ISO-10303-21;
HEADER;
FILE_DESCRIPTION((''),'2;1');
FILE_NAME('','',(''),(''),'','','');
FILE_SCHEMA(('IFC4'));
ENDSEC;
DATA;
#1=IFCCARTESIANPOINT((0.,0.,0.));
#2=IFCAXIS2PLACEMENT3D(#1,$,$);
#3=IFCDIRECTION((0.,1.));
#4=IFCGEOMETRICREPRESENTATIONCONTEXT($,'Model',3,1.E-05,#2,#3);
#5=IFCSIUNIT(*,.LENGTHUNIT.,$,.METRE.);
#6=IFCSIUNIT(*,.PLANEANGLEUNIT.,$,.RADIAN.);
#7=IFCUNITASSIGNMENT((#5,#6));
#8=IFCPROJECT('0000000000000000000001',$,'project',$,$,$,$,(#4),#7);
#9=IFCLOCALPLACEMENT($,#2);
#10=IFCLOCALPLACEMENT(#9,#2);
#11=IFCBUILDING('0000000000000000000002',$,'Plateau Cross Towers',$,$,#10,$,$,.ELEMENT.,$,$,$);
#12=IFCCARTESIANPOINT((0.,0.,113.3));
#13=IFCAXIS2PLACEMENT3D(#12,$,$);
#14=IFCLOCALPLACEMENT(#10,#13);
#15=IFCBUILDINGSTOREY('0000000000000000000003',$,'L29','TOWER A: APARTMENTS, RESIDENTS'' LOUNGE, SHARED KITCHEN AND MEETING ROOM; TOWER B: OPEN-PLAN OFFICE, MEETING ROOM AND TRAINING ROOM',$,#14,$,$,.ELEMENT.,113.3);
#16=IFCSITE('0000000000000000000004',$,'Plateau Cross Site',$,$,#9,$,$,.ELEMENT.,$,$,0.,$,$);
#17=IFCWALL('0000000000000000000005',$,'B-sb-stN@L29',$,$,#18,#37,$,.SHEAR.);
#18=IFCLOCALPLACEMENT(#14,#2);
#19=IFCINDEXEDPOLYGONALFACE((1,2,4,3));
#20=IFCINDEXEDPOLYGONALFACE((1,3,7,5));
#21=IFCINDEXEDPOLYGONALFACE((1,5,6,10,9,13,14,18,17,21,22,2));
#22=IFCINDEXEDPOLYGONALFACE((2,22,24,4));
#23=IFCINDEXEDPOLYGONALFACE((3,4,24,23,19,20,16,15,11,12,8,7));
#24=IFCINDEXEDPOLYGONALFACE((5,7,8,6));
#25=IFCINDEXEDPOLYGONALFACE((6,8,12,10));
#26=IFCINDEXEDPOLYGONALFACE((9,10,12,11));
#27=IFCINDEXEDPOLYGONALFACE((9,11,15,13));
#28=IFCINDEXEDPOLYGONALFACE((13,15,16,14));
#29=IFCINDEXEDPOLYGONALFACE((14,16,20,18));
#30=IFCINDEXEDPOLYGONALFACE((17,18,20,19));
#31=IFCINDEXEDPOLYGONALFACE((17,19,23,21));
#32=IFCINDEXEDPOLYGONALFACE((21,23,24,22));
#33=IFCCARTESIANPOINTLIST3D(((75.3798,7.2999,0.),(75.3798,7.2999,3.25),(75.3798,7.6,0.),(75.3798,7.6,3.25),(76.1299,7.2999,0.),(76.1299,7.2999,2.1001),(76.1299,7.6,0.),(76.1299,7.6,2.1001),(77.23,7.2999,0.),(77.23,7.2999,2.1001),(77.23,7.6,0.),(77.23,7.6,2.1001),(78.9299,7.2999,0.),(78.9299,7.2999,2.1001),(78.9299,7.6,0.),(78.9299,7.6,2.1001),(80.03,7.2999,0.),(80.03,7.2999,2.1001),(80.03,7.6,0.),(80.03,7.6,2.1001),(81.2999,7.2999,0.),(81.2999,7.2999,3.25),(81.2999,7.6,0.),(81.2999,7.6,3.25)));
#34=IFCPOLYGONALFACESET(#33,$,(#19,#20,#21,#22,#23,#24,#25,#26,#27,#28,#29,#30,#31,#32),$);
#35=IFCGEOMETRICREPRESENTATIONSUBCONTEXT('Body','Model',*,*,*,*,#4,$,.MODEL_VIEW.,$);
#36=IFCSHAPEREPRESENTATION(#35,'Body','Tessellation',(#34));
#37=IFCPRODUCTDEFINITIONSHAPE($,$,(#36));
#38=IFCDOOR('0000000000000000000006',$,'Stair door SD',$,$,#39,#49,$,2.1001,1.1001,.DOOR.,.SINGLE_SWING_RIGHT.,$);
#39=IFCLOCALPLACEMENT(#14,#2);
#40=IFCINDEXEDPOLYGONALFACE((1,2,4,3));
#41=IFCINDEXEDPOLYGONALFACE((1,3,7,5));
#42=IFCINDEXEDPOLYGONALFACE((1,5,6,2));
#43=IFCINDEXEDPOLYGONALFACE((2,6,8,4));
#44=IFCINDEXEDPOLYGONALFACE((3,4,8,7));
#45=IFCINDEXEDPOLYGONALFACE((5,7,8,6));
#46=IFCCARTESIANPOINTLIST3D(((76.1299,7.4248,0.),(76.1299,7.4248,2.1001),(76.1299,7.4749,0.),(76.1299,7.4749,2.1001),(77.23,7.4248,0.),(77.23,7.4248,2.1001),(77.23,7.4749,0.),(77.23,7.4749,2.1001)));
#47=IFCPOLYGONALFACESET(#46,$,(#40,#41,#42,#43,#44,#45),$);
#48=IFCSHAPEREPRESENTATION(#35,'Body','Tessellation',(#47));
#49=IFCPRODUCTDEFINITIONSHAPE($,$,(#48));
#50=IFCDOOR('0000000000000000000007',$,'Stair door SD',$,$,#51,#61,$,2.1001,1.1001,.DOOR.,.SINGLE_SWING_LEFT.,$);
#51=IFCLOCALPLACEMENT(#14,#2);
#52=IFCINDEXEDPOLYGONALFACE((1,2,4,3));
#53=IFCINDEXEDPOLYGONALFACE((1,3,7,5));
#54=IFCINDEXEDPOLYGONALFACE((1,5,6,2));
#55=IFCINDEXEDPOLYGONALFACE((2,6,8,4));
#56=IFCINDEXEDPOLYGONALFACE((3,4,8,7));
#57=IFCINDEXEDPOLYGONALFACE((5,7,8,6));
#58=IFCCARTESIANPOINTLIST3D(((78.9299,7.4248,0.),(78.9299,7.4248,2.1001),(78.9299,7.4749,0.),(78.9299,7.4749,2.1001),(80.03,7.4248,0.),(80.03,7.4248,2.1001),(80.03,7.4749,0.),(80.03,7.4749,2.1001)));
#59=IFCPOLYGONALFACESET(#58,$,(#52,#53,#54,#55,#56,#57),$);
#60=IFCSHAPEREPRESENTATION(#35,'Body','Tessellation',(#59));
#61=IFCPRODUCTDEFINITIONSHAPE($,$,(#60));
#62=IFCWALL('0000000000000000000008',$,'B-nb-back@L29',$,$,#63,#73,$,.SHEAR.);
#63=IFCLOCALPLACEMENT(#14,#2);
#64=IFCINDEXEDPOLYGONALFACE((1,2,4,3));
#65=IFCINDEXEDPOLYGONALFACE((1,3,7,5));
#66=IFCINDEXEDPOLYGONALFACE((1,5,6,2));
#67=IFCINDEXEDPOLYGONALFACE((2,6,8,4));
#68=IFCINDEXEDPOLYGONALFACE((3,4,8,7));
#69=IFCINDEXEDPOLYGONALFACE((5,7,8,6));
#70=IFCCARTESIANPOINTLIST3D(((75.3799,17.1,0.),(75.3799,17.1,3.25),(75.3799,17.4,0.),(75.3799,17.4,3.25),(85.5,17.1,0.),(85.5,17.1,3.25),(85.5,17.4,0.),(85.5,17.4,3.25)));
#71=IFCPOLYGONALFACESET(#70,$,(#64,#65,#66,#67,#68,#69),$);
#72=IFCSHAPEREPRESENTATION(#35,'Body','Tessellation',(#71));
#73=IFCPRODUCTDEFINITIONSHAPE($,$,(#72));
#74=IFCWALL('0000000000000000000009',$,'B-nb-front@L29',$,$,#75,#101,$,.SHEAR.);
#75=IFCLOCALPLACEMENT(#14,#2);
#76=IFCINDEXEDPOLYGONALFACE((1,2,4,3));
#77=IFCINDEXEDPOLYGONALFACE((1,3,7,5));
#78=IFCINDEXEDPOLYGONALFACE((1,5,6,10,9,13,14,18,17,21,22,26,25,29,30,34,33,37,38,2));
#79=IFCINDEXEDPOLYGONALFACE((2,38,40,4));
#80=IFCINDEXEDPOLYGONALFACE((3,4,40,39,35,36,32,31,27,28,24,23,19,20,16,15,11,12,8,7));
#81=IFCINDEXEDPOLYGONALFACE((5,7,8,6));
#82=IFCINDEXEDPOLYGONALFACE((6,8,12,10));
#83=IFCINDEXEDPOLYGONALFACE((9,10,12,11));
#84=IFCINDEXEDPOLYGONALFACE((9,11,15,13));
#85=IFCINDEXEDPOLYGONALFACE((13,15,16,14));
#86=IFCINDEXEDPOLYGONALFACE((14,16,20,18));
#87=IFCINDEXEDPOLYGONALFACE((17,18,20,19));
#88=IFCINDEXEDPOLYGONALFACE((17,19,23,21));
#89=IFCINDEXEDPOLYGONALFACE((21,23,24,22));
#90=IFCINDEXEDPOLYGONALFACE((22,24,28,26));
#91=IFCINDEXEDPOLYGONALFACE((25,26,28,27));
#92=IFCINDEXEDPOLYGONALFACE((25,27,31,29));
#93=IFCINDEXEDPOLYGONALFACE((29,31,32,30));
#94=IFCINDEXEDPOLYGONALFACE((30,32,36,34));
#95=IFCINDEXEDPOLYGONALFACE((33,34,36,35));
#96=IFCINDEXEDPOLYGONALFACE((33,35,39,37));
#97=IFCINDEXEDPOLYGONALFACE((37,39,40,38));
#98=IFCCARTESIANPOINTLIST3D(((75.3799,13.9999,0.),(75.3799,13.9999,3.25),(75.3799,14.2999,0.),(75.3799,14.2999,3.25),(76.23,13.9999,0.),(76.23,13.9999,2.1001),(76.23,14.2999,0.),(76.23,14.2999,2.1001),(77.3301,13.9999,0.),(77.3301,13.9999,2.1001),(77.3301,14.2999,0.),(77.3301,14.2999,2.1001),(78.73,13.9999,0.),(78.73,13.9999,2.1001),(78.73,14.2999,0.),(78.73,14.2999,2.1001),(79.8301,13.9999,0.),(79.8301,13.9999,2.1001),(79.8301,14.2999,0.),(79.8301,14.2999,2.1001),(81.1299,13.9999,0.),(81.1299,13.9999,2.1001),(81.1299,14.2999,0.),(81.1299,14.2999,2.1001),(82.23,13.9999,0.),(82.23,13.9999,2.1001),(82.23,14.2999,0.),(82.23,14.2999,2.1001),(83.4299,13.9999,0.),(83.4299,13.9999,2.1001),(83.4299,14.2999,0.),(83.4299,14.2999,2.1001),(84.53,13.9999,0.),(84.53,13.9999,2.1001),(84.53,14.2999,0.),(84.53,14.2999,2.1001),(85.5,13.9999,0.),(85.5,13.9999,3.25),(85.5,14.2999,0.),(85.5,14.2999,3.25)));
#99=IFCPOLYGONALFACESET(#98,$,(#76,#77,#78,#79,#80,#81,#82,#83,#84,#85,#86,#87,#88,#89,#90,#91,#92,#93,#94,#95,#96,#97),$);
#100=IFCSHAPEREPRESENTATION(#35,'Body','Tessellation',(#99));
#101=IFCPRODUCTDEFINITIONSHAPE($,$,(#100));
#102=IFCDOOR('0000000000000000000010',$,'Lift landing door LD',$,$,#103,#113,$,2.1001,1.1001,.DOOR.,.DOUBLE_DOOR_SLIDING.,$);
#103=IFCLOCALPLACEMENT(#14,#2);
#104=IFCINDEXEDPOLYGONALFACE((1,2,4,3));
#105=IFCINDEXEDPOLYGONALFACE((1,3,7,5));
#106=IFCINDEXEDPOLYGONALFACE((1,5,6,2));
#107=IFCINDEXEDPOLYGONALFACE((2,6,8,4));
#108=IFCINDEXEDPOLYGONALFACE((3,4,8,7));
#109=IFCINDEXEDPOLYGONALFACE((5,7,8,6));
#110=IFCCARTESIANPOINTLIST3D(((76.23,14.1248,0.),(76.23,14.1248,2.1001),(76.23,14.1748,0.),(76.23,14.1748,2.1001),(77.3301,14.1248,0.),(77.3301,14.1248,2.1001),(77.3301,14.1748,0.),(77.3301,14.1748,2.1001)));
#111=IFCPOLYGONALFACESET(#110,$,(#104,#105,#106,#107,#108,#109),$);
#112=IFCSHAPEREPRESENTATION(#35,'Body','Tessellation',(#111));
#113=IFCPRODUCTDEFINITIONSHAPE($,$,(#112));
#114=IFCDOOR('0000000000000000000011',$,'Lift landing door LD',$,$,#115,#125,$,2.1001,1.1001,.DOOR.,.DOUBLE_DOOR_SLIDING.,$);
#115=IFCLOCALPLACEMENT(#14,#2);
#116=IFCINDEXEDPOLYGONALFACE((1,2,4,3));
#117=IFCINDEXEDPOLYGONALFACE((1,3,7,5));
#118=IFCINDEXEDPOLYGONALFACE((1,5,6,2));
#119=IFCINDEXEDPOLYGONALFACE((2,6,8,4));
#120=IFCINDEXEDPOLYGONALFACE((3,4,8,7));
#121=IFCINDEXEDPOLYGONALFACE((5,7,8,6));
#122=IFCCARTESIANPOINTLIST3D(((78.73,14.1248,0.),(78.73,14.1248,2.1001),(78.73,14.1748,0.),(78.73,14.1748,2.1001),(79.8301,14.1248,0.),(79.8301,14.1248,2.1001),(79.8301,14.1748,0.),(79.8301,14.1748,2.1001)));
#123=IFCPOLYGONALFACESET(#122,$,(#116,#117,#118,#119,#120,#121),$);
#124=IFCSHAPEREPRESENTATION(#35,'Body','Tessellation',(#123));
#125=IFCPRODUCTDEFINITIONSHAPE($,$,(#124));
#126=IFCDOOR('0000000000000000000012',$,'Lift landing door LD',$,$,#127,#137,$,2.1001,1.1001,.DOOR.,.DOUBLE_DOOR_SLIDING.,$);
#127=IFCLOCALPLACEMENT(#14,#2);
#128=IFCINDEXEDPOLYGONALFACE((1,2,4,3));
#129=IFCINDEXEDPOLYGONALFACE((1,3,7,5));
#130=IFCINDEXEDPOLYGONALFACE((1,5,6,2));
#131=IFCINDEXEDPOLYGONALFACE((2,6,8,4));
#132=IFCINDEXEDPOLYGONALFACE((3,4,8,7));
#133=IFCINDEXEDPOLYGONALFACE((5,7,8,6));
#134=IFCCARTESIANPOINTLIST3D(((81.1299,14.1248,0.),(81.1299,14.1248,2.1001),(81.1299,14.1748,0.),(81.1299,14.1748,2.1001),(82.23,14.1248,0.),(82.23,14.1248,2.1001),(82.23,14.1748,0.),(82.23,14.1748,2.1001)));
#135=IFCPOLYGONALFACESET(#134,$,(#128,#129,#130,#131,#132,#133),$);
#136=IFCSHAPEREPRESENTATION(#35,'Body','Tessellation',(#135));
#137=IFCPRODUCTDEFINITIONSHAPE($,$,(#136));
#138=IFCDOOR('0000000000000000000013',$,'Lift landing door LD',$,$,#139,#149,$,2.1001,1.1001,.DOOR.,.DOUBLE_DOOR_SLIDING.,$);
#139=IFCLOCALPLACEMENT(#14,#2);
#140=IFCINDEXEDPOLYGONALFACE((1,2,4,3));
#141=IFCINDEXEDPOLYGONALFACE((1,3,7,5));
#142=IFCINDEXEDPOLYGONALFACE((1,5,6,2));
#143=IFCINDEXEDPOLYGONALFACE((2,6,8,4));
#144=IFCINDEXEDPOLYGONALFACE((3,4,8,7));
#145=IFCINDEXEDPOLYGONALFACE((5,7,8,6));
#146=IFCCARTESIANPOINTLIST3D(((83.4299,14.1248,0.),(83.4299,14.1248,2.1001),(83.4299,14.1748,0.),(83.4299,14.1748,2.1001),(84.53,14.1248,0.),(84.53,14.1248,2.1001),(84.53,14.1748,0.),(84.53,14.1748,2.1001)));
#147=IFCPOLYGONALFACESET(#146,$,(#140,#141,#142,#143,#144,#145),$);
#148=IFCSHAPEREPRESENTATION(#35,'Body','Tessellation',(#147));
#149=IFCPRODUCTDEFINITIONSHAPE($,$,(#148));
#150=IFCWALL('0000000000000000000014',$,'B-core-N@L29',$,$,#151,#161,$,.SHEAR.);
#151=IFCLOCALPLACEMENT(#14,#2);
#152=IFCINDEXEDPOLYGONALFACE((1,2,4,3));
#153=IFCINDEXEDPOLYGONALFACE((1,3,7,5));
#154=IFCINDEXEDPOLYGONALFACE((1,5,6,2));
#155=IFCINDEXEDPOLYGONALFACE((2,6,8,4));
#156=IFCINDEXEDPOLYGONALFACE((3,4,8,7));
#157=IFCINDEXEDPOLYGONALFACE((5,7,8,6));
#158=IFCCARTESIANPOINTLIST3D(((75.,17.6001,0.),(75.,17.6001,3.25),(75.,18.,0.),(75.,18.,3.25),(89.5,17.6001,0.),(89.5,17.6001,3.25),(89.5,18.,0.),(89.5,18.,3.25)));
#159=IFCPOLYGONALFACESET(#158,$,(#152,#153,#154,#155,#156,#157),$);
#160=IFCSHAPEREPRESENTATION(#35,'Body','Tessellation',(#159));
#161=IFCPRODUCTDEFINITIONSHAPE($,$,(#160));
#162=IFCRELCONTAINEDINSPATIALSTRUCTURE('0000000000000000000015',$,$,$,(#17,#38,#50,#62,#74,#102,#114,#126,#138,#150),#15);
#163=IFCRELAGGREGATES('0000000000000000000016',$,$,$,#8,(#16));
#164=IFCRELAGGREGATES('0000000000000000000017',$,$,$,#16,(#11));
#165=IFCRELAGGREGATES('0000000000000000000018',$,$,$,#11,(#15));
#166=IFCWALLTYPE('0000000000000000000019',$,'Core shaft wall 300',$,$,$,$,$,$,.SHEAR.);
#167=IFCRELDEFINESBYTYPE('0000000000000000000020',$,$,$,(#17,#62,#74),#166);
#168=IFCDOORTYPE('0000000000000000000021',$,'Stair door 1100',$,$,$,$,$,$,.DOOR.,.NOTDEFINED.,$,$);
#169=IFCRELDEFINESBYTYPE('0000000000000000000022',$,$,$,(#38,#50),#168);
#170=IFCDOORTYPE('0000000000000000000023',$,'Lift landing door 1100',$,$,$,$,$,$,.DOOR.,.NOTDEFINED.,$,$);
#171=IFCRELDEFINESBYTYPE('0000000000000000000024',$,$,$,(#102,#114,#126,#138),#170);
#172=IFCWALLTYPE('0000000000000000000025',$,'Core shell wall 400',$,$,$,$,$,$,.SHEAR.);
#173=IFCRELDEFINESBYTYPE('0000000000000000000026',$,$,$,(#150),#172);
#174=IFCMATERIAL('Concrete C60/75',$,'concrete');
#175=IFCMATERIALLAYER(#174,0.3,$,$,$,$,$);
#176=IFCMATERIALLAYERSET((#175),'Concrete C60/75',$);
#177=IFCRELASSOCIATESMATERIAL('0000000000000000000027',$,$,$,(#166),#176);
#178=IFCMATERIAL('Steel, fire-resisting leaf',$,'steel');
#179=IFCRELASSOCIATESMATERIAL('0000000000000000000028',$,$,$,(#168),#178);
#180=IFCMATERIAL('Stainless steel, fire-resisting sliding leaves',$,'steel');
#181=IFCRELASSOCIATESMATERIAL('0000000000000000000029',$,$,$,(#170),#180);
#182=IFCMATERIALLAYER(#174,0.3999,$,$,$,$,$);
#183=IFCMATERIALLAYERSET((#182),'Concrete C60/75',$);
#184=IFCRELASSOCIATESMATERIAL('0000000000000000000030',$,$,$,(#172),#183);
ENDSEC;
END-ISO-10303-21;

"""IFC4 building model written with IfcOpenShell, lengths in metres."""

from ifc_helpers import new_model, si_unit, direction, frame, frame_2d, origin, place, context, subcontext, project, spatial, rectangle, extrude, material, layer, layer_set, type_object, element, fill, save


model = new_model("IFC4")

# Units and contexts
model_context = context("Model", 3, precision=1e-05, world=origin(), true_north=direction((0.0, 1.0)))
body_context = subcontext(model_context, "Body", "Model", "MODEL_VIEW")
ifc_project = project(units=[si_unit("LENGTHUNIT", "METRE"), si_unit("PLANEANGLEUNIT", "RADIAN")], contexts=[model_context])

# Site, building, storey
site_placement = place(None, origin())
site = spatial("IfcSite", under=ifc_project, at=site_placement, Name="Plateau Cross Site", CompositionType="ELEMENT", RefElevation=0.0)
building_placement = place(site_placement, origin())
building = spatial("IfcBuilding", under=site, at=building_placement, Name="Plateau Cross Towers", CompositionType="ELEMENT")
storey_placement = place(building_placement, frame((0.0, 0.0, 113.3)))
storey = spatial("IfcBuildingStorey", under=building, at=storey_placement, Name="L29", Description="TOWER A: APARTMENTS, RESIDENTS' LOUNGE, SHARED KITCHEN AND MEETING ROOM; TOWER B: OPEN-PLAN OFFICE, MEETING ROOM AND TRAINING ROOM", CompositionType="ELEMENT", Elevation=113.3)

# Shared definitions
ifc_material_1 = material(Name="Concrete C60/75", Category="concrete")

# Wall, openings, doors
ifc_layer_1 = layer(ifc_material_1, 0.3)
ifc_layer_set_1 = layer_set([ifc_layer_1], Name="Concrete C60/75")
wall_type_1 = type_object("IfcWallType", Name="Core shaft wall 300", PredefinedType="SHEAR", material=ifc_layer_set_1)
wall_1_placement = place(storey_placement, frame((75.3799, 7.45, 0.0), z_axis=(0.0, 0.0, 1.0), x_axis=(1.0, 0.0, 0.0)))
wall_1 = element("IfcWall", 1, at=wall_1_placement, inside=storey, type_object=wall_type_1, Name="B-sb-stN@L29", PredefinedType="SHEAR", context=body_context, shape_type="SweptSolid", body=[
    extrude(rectangle(XDim=5.9202, YDim=0.3, at=frame_2d((2.96, 0.0))), origin(), (0.0, 0.0, 1.0), 3.25),
])
opening_1_placement = place(wall_1_placement, frame((0.75, 0.0, 0.0)))
opening_1 = element("IfcOpeningElement", 2, at=opening_1_placement, cuts=wall_1, PredefinedType="OPENING", context=body_context, shape_type="SweptSolid", body=[
    extrude(rectangle(XDim=1.1001, YDim=2.1001, at=frame_2d((0.55, 1.05))), frame((0.0, 0.1599, 0.0), z_axis=(0.0, -1.0, 0.0), x_axis=(1.0, 0.0, 0.0)), (0.0, 0.0, 1.0), 0.3201),
])
opening_2_placement = place(wall_1_placement, frame((3.55, 0.0, 0.0)))
opening_2 = element("IfcOpeningElement", 3, at=opening_2_placement, cuts=wall_1, PredefinedType="OPENING", context=body_context, shape_type="SweptSolid", body=[
    extrude(rectangle(XDim=1.1001, YDim=2.1001, at=frame_2d((0.55, 1.05))), frame((0.0, 0.1599, 0.0), z_axis=(0.0, -1.0, 0.0), x_axis=(1.0, 0.0, 0.0)), (0.0, 0.0, 1.0), 0.3201),
])
ifc_material_2 = material(Name="Steel, fire-resisting leaf", Category="steel")
door_type_1 = type_object("IfcDoorType", Name="Stair door 1100", OperationType="NOTDEFINED", PredefinedType="DOOR", material=ifc_material_2)
door_1_placement = place(opening_1_placement, origin())
door_1 = element("IfcDoor", 4, at=door_1_placement, inside=storey, type_object=door_type_1, Name="Stair door SD", OperationType="SINGLE_SWING_RIGHT", OverallHeight=2.1001, OverallWidth=1.1001, PredefinedType="DOOR", context=body_context, shape_type="SweptSolid", body=[
    extrude(rectangle(XDim=1.1001, YDim=2.1001, at=frame_2d((0.55, 1.05))), frame((0.0, 0.0249, 0.0), z_axis=(0.0, -1.0, 0.0), x_axis=(1.0, 0.0, 0.0)), (0.0, 0.0, 1.0), 0.05),
])
fill(opening_1, door_1)
door_2_placement = place(opening_2_placement, origin())
door_2 = element("IfcDoor", 5, at=door_2_placement, inside=storey, type_object=door_type_1, Name="Stair door SD", OperationType="SINGLE_SWING_LEFT", OverallHeight=2.1001, OverallWidth=1.1001, PredefinedType="DOOR", context=body_context, shape_type="SweptSolid", body=[
    extrude(rectangle(XDim=1.1001, YDim=2.1001, at=frame_2d((0.55, 1.05))), frame((0.0, 0.0249, 0.0), z_axis=(0.0, -1.0, 0.0), x_axis=(1.0, 0.0, 0.0)), (0.0, 0.0, 1.0), 0.05),
])
fill(opening_2, door_2)

# Wall
wall_2_placement = place(storey_placement, frame((75.3799, 17.25, 0.0), z_axis=(0.0, 0.0, 1.0), x_axis=(1.0, 0.0, 0.0)))
element("IfcWall", 6, at=wall_2_placement, inside=storey, type_object=wall_type_1, Name="B-nb-back@L29", PredefinedType="SHEAR", context=body_context, shape_type="SweptSolid", body=[
    extrude(rectangle(XDim=10.1201, YDim=0.3, at=frame_2d((5.0601, 0.0))), origin(), (0.0, 0.0, 1.0), 3.25),
])

# Wall, openings, doors
wall_3_placement = place(storey_placement, frame((75.3799, 14.1499, 0.0), z_axis=(0.0, 0.0, 1.0), x_axis=(1.0, 0.0, 0.0)))
wall_3 = element("IfcWall", 7, at=wall_3_placement, inside=storey, type_object=wall_type_1, Name="B-nb-front@L29", PredefinedType="SHEAR", context=body_context, shape_type="SweptSolid", body=[
    extrude(rectangle(XDim=10.1201, YDim=0.3, at=frame_2d((5.0601, 0.0))), origin(), (0.0, 0.0, 1.0), 3.25),
])
opening_3_placement = place(wall_3_placement, frame((0.8501, 0.0, 0.0)))
opening_3 = element("IfcOpeningElement", 8, at=opening_3_placement, cuts=wall_3, PredefinedType="OPENING", context=body_context, shape_type="SweptSolid", body=[
    extrude(rectangle(XDim=1.1001, YDim=2.1001, at=frame_2d((0.55, 1.05))), frame((0.0, 0.1599, 0.0), z_axis=(0.0, -1.0, 0.0), x_axis=(1.0, 0.0, 0.0)), (0.0, 0.0, 1.0), 0.3201),
])
opening_4_placement = place(wall_3_placement, frame((3.3501, 0.0, 0.0)))
opening_4 = element("IfcOpeningElement", 9, at=opening_4_placement, cuts=wall_3, PredefinedType="OPENING", context=body_context, shape_type="SweptSolid", body=[
    extrude(rectangle(XDim=1.1001, YDim=2.1001, at=frame_2d((0.55, 1.05))), frame((0.0, 0.1599, 0.0), z_axis=(0.0, -1.0, 0.0), x_axis=(1.0, 0.0, 0.0)), (0.0, 0.0, 1.0), 0.3201),
])
opening_5_placement = place(wall_3_placement, frame((5.75, 0.0, 0.0)))
opening_5 = element("IfcOpeningElement", 10, at=opening_5_placement, cuts=wall_3, PredefinedType="OPENING", context=body_context, shape_type="SweptSolid", body=[
    extrude(rectangle(XDim=1.1001, YDim=2.1001, at=frame_2d((0.55, 1.05))), frame((0.0, 0.1599, 0.0), z_axis=(0.0, -1.0, 0.0), x_axis=(1.0, 0.0, 0.0)), (0.0, 0.0, 1.0), 0.3201),
])
opening_6_placement = place(wall_3_placement, frame((8.05, 0.0, 0.0)))
opening_6 = element("IfcOpeningElement", 11, at=opening_6_placement, cuts=wall_3, PredefinedType="OPENING", context=body_context, shape_type="SweptSolid", body=[
    extrude(rectangle(XDim=1.1001, YDim=2.1001, at=frame_2d((0.55, 1.05))), frame((0.0, 0.1599, 0.0), z_axis=(0.0, -1.0, 0.0), x_axis=(1.0, 0.0, 0.0)), (0.0, 0.0, 1.0), 0.3201),
])
ifc_material_3 = material(Name="Stainless steel, fire-resisting sliding leaves", Category="steel")
door_type_2 = type_object("IfcDoorType", Name="Lift landing door 1100", OperationType="NOTDEFINED", PredefinedType="DOOR", material=ifc_material_3)
door_3_placement = place(opening_3_placement, origin())
door_3 = element("IfcDoor", 12, at=door_3_placement, inside=storey, type_object=door_type_2, Name="Lift landing door LD", OperationType="DOUBLE_DOOR_SLIDING", OverallHeight=2.1001, OverallWidth=1.1001, PredefinedType="DOOR", context=body_context, shape_type="SweptSolid", body=[
    extrude(rectangle(XDim=1.1001, YDim=2.1001, at=frame_2d((0.55, 1.05))), frame((0.0, 0.0249, 0.0), z_axis=(0.0, -1.0, 0.0), x_axis=(1.0, 0.0, 0.0)), (0.0, 0.0, 1.0), 0.05),
])
fill(opening_3, door_3)
door_4_placement = place(opening_4_placement, origin())
door_4 = element("IfcDoor", 13, at=door_4_placement, inside=storey, type_object=door_type_2, Name="Lift landing door LD", OperationType="DOUBLE_DOOR_SLIDING", OverallHeight=2.1001, OverallWidth=1.1001, PredefinedType="DOOR", context=body_context, shape_type="SweptSolid", body=[
    extrude(rectangle(XDim=1.1001, YDim=2.1001, at=frame_2d((0.55, 1.05))), frame((0.0, 0.0249, 0.0), z_axis=(0.0, -1.0, 0.0), x_axis=(1.0, 0.0, 0.0)), (0.0, 0.0, 1.0), 0.05),
])
fill(opening_4, door_4)
door_5_placement = place(opening_5_placement, origin())
door_5 = element("IfcDoor", 14, at=door_5_placement, inside=storey, type_object=door_type_2, Name="Lift landing door LD", OperationType="DOUBLE_DOOR_SLIDING", OverallHeight=2.1001, OverallWidth=1.1001, PredefinedType="DOOR", context=body_context, shape_type="SweptSolid", body=[
    extrude(rectangle(XDim=1.1001, YDim=2.1001, at=frame_2d((0.55, 1.05))), frame((0.0, 0.0249, 0.0), z_axis=(0.0, -1.0, 0.0), x_axis=(1.0, 0.0, 0.0)), (0.0, 0.0, 1.0), 0.05),
])
fill(opening_5, door_5)
door_6_placement = place(opening_6_placement, origin())
door_6 = element("IfcDoor", 15, at=door_6_placement, inside=storey, type_object=door_type_2, Name="Lift landing door LD", OperationType="DOUBLE_DOOR_SLIDING", OverallHeight=2.1001, OverallWidth=1.1001, PredefinedType="DOOR", context=body_context, shape_type="SweptSolid", body=[
    extrude(rectangle(XDim=1.1001, YDim=2.1001, at=frame_2d((0.55, 1.05))), frame((0.0, 0.0249, 0.0), z_axis=(0.0, -1.0, 0.0), x_axis=(1.0, 0.0, 0.0)), (0.0, 0.0, 1.0), 0.05),
])
fill(opening_6, door_6)

# Wall
ifc_layer_2 = layer(ifc_material_1, 0.3999)
ifc_layer_set_2 = layer_set([ifc_layer_2], Name="Concrete C60/75")
wall_type_2 = type_object("IfcWallType", Name="Core shell wall 400", PredefinedType="SHEAR", material=ifc_layer_set_2)
wall_4_placement = place(storey_placement, frame((75.0, 17.8, 0.0), z_axis=(0.0, 0.0, 1.0), x_axis=(1.0, 0.0, 0.0)))
element("IfcWall", 16, at=wall_4_placement, inside=storey, type_object=wall_type_2, Name="B-core-N@L29", PredefinedType="SHEAR", context=body_context, shape_type="SweptSolid", body=[
    extrude(rectangle(XDim=14.5, YDim=0.3999, at=frame_2d((7.25, 0.0))), origin(), (0.0, 0.0, 1.0), 3.25),
])

save(model, "model.ifc")
